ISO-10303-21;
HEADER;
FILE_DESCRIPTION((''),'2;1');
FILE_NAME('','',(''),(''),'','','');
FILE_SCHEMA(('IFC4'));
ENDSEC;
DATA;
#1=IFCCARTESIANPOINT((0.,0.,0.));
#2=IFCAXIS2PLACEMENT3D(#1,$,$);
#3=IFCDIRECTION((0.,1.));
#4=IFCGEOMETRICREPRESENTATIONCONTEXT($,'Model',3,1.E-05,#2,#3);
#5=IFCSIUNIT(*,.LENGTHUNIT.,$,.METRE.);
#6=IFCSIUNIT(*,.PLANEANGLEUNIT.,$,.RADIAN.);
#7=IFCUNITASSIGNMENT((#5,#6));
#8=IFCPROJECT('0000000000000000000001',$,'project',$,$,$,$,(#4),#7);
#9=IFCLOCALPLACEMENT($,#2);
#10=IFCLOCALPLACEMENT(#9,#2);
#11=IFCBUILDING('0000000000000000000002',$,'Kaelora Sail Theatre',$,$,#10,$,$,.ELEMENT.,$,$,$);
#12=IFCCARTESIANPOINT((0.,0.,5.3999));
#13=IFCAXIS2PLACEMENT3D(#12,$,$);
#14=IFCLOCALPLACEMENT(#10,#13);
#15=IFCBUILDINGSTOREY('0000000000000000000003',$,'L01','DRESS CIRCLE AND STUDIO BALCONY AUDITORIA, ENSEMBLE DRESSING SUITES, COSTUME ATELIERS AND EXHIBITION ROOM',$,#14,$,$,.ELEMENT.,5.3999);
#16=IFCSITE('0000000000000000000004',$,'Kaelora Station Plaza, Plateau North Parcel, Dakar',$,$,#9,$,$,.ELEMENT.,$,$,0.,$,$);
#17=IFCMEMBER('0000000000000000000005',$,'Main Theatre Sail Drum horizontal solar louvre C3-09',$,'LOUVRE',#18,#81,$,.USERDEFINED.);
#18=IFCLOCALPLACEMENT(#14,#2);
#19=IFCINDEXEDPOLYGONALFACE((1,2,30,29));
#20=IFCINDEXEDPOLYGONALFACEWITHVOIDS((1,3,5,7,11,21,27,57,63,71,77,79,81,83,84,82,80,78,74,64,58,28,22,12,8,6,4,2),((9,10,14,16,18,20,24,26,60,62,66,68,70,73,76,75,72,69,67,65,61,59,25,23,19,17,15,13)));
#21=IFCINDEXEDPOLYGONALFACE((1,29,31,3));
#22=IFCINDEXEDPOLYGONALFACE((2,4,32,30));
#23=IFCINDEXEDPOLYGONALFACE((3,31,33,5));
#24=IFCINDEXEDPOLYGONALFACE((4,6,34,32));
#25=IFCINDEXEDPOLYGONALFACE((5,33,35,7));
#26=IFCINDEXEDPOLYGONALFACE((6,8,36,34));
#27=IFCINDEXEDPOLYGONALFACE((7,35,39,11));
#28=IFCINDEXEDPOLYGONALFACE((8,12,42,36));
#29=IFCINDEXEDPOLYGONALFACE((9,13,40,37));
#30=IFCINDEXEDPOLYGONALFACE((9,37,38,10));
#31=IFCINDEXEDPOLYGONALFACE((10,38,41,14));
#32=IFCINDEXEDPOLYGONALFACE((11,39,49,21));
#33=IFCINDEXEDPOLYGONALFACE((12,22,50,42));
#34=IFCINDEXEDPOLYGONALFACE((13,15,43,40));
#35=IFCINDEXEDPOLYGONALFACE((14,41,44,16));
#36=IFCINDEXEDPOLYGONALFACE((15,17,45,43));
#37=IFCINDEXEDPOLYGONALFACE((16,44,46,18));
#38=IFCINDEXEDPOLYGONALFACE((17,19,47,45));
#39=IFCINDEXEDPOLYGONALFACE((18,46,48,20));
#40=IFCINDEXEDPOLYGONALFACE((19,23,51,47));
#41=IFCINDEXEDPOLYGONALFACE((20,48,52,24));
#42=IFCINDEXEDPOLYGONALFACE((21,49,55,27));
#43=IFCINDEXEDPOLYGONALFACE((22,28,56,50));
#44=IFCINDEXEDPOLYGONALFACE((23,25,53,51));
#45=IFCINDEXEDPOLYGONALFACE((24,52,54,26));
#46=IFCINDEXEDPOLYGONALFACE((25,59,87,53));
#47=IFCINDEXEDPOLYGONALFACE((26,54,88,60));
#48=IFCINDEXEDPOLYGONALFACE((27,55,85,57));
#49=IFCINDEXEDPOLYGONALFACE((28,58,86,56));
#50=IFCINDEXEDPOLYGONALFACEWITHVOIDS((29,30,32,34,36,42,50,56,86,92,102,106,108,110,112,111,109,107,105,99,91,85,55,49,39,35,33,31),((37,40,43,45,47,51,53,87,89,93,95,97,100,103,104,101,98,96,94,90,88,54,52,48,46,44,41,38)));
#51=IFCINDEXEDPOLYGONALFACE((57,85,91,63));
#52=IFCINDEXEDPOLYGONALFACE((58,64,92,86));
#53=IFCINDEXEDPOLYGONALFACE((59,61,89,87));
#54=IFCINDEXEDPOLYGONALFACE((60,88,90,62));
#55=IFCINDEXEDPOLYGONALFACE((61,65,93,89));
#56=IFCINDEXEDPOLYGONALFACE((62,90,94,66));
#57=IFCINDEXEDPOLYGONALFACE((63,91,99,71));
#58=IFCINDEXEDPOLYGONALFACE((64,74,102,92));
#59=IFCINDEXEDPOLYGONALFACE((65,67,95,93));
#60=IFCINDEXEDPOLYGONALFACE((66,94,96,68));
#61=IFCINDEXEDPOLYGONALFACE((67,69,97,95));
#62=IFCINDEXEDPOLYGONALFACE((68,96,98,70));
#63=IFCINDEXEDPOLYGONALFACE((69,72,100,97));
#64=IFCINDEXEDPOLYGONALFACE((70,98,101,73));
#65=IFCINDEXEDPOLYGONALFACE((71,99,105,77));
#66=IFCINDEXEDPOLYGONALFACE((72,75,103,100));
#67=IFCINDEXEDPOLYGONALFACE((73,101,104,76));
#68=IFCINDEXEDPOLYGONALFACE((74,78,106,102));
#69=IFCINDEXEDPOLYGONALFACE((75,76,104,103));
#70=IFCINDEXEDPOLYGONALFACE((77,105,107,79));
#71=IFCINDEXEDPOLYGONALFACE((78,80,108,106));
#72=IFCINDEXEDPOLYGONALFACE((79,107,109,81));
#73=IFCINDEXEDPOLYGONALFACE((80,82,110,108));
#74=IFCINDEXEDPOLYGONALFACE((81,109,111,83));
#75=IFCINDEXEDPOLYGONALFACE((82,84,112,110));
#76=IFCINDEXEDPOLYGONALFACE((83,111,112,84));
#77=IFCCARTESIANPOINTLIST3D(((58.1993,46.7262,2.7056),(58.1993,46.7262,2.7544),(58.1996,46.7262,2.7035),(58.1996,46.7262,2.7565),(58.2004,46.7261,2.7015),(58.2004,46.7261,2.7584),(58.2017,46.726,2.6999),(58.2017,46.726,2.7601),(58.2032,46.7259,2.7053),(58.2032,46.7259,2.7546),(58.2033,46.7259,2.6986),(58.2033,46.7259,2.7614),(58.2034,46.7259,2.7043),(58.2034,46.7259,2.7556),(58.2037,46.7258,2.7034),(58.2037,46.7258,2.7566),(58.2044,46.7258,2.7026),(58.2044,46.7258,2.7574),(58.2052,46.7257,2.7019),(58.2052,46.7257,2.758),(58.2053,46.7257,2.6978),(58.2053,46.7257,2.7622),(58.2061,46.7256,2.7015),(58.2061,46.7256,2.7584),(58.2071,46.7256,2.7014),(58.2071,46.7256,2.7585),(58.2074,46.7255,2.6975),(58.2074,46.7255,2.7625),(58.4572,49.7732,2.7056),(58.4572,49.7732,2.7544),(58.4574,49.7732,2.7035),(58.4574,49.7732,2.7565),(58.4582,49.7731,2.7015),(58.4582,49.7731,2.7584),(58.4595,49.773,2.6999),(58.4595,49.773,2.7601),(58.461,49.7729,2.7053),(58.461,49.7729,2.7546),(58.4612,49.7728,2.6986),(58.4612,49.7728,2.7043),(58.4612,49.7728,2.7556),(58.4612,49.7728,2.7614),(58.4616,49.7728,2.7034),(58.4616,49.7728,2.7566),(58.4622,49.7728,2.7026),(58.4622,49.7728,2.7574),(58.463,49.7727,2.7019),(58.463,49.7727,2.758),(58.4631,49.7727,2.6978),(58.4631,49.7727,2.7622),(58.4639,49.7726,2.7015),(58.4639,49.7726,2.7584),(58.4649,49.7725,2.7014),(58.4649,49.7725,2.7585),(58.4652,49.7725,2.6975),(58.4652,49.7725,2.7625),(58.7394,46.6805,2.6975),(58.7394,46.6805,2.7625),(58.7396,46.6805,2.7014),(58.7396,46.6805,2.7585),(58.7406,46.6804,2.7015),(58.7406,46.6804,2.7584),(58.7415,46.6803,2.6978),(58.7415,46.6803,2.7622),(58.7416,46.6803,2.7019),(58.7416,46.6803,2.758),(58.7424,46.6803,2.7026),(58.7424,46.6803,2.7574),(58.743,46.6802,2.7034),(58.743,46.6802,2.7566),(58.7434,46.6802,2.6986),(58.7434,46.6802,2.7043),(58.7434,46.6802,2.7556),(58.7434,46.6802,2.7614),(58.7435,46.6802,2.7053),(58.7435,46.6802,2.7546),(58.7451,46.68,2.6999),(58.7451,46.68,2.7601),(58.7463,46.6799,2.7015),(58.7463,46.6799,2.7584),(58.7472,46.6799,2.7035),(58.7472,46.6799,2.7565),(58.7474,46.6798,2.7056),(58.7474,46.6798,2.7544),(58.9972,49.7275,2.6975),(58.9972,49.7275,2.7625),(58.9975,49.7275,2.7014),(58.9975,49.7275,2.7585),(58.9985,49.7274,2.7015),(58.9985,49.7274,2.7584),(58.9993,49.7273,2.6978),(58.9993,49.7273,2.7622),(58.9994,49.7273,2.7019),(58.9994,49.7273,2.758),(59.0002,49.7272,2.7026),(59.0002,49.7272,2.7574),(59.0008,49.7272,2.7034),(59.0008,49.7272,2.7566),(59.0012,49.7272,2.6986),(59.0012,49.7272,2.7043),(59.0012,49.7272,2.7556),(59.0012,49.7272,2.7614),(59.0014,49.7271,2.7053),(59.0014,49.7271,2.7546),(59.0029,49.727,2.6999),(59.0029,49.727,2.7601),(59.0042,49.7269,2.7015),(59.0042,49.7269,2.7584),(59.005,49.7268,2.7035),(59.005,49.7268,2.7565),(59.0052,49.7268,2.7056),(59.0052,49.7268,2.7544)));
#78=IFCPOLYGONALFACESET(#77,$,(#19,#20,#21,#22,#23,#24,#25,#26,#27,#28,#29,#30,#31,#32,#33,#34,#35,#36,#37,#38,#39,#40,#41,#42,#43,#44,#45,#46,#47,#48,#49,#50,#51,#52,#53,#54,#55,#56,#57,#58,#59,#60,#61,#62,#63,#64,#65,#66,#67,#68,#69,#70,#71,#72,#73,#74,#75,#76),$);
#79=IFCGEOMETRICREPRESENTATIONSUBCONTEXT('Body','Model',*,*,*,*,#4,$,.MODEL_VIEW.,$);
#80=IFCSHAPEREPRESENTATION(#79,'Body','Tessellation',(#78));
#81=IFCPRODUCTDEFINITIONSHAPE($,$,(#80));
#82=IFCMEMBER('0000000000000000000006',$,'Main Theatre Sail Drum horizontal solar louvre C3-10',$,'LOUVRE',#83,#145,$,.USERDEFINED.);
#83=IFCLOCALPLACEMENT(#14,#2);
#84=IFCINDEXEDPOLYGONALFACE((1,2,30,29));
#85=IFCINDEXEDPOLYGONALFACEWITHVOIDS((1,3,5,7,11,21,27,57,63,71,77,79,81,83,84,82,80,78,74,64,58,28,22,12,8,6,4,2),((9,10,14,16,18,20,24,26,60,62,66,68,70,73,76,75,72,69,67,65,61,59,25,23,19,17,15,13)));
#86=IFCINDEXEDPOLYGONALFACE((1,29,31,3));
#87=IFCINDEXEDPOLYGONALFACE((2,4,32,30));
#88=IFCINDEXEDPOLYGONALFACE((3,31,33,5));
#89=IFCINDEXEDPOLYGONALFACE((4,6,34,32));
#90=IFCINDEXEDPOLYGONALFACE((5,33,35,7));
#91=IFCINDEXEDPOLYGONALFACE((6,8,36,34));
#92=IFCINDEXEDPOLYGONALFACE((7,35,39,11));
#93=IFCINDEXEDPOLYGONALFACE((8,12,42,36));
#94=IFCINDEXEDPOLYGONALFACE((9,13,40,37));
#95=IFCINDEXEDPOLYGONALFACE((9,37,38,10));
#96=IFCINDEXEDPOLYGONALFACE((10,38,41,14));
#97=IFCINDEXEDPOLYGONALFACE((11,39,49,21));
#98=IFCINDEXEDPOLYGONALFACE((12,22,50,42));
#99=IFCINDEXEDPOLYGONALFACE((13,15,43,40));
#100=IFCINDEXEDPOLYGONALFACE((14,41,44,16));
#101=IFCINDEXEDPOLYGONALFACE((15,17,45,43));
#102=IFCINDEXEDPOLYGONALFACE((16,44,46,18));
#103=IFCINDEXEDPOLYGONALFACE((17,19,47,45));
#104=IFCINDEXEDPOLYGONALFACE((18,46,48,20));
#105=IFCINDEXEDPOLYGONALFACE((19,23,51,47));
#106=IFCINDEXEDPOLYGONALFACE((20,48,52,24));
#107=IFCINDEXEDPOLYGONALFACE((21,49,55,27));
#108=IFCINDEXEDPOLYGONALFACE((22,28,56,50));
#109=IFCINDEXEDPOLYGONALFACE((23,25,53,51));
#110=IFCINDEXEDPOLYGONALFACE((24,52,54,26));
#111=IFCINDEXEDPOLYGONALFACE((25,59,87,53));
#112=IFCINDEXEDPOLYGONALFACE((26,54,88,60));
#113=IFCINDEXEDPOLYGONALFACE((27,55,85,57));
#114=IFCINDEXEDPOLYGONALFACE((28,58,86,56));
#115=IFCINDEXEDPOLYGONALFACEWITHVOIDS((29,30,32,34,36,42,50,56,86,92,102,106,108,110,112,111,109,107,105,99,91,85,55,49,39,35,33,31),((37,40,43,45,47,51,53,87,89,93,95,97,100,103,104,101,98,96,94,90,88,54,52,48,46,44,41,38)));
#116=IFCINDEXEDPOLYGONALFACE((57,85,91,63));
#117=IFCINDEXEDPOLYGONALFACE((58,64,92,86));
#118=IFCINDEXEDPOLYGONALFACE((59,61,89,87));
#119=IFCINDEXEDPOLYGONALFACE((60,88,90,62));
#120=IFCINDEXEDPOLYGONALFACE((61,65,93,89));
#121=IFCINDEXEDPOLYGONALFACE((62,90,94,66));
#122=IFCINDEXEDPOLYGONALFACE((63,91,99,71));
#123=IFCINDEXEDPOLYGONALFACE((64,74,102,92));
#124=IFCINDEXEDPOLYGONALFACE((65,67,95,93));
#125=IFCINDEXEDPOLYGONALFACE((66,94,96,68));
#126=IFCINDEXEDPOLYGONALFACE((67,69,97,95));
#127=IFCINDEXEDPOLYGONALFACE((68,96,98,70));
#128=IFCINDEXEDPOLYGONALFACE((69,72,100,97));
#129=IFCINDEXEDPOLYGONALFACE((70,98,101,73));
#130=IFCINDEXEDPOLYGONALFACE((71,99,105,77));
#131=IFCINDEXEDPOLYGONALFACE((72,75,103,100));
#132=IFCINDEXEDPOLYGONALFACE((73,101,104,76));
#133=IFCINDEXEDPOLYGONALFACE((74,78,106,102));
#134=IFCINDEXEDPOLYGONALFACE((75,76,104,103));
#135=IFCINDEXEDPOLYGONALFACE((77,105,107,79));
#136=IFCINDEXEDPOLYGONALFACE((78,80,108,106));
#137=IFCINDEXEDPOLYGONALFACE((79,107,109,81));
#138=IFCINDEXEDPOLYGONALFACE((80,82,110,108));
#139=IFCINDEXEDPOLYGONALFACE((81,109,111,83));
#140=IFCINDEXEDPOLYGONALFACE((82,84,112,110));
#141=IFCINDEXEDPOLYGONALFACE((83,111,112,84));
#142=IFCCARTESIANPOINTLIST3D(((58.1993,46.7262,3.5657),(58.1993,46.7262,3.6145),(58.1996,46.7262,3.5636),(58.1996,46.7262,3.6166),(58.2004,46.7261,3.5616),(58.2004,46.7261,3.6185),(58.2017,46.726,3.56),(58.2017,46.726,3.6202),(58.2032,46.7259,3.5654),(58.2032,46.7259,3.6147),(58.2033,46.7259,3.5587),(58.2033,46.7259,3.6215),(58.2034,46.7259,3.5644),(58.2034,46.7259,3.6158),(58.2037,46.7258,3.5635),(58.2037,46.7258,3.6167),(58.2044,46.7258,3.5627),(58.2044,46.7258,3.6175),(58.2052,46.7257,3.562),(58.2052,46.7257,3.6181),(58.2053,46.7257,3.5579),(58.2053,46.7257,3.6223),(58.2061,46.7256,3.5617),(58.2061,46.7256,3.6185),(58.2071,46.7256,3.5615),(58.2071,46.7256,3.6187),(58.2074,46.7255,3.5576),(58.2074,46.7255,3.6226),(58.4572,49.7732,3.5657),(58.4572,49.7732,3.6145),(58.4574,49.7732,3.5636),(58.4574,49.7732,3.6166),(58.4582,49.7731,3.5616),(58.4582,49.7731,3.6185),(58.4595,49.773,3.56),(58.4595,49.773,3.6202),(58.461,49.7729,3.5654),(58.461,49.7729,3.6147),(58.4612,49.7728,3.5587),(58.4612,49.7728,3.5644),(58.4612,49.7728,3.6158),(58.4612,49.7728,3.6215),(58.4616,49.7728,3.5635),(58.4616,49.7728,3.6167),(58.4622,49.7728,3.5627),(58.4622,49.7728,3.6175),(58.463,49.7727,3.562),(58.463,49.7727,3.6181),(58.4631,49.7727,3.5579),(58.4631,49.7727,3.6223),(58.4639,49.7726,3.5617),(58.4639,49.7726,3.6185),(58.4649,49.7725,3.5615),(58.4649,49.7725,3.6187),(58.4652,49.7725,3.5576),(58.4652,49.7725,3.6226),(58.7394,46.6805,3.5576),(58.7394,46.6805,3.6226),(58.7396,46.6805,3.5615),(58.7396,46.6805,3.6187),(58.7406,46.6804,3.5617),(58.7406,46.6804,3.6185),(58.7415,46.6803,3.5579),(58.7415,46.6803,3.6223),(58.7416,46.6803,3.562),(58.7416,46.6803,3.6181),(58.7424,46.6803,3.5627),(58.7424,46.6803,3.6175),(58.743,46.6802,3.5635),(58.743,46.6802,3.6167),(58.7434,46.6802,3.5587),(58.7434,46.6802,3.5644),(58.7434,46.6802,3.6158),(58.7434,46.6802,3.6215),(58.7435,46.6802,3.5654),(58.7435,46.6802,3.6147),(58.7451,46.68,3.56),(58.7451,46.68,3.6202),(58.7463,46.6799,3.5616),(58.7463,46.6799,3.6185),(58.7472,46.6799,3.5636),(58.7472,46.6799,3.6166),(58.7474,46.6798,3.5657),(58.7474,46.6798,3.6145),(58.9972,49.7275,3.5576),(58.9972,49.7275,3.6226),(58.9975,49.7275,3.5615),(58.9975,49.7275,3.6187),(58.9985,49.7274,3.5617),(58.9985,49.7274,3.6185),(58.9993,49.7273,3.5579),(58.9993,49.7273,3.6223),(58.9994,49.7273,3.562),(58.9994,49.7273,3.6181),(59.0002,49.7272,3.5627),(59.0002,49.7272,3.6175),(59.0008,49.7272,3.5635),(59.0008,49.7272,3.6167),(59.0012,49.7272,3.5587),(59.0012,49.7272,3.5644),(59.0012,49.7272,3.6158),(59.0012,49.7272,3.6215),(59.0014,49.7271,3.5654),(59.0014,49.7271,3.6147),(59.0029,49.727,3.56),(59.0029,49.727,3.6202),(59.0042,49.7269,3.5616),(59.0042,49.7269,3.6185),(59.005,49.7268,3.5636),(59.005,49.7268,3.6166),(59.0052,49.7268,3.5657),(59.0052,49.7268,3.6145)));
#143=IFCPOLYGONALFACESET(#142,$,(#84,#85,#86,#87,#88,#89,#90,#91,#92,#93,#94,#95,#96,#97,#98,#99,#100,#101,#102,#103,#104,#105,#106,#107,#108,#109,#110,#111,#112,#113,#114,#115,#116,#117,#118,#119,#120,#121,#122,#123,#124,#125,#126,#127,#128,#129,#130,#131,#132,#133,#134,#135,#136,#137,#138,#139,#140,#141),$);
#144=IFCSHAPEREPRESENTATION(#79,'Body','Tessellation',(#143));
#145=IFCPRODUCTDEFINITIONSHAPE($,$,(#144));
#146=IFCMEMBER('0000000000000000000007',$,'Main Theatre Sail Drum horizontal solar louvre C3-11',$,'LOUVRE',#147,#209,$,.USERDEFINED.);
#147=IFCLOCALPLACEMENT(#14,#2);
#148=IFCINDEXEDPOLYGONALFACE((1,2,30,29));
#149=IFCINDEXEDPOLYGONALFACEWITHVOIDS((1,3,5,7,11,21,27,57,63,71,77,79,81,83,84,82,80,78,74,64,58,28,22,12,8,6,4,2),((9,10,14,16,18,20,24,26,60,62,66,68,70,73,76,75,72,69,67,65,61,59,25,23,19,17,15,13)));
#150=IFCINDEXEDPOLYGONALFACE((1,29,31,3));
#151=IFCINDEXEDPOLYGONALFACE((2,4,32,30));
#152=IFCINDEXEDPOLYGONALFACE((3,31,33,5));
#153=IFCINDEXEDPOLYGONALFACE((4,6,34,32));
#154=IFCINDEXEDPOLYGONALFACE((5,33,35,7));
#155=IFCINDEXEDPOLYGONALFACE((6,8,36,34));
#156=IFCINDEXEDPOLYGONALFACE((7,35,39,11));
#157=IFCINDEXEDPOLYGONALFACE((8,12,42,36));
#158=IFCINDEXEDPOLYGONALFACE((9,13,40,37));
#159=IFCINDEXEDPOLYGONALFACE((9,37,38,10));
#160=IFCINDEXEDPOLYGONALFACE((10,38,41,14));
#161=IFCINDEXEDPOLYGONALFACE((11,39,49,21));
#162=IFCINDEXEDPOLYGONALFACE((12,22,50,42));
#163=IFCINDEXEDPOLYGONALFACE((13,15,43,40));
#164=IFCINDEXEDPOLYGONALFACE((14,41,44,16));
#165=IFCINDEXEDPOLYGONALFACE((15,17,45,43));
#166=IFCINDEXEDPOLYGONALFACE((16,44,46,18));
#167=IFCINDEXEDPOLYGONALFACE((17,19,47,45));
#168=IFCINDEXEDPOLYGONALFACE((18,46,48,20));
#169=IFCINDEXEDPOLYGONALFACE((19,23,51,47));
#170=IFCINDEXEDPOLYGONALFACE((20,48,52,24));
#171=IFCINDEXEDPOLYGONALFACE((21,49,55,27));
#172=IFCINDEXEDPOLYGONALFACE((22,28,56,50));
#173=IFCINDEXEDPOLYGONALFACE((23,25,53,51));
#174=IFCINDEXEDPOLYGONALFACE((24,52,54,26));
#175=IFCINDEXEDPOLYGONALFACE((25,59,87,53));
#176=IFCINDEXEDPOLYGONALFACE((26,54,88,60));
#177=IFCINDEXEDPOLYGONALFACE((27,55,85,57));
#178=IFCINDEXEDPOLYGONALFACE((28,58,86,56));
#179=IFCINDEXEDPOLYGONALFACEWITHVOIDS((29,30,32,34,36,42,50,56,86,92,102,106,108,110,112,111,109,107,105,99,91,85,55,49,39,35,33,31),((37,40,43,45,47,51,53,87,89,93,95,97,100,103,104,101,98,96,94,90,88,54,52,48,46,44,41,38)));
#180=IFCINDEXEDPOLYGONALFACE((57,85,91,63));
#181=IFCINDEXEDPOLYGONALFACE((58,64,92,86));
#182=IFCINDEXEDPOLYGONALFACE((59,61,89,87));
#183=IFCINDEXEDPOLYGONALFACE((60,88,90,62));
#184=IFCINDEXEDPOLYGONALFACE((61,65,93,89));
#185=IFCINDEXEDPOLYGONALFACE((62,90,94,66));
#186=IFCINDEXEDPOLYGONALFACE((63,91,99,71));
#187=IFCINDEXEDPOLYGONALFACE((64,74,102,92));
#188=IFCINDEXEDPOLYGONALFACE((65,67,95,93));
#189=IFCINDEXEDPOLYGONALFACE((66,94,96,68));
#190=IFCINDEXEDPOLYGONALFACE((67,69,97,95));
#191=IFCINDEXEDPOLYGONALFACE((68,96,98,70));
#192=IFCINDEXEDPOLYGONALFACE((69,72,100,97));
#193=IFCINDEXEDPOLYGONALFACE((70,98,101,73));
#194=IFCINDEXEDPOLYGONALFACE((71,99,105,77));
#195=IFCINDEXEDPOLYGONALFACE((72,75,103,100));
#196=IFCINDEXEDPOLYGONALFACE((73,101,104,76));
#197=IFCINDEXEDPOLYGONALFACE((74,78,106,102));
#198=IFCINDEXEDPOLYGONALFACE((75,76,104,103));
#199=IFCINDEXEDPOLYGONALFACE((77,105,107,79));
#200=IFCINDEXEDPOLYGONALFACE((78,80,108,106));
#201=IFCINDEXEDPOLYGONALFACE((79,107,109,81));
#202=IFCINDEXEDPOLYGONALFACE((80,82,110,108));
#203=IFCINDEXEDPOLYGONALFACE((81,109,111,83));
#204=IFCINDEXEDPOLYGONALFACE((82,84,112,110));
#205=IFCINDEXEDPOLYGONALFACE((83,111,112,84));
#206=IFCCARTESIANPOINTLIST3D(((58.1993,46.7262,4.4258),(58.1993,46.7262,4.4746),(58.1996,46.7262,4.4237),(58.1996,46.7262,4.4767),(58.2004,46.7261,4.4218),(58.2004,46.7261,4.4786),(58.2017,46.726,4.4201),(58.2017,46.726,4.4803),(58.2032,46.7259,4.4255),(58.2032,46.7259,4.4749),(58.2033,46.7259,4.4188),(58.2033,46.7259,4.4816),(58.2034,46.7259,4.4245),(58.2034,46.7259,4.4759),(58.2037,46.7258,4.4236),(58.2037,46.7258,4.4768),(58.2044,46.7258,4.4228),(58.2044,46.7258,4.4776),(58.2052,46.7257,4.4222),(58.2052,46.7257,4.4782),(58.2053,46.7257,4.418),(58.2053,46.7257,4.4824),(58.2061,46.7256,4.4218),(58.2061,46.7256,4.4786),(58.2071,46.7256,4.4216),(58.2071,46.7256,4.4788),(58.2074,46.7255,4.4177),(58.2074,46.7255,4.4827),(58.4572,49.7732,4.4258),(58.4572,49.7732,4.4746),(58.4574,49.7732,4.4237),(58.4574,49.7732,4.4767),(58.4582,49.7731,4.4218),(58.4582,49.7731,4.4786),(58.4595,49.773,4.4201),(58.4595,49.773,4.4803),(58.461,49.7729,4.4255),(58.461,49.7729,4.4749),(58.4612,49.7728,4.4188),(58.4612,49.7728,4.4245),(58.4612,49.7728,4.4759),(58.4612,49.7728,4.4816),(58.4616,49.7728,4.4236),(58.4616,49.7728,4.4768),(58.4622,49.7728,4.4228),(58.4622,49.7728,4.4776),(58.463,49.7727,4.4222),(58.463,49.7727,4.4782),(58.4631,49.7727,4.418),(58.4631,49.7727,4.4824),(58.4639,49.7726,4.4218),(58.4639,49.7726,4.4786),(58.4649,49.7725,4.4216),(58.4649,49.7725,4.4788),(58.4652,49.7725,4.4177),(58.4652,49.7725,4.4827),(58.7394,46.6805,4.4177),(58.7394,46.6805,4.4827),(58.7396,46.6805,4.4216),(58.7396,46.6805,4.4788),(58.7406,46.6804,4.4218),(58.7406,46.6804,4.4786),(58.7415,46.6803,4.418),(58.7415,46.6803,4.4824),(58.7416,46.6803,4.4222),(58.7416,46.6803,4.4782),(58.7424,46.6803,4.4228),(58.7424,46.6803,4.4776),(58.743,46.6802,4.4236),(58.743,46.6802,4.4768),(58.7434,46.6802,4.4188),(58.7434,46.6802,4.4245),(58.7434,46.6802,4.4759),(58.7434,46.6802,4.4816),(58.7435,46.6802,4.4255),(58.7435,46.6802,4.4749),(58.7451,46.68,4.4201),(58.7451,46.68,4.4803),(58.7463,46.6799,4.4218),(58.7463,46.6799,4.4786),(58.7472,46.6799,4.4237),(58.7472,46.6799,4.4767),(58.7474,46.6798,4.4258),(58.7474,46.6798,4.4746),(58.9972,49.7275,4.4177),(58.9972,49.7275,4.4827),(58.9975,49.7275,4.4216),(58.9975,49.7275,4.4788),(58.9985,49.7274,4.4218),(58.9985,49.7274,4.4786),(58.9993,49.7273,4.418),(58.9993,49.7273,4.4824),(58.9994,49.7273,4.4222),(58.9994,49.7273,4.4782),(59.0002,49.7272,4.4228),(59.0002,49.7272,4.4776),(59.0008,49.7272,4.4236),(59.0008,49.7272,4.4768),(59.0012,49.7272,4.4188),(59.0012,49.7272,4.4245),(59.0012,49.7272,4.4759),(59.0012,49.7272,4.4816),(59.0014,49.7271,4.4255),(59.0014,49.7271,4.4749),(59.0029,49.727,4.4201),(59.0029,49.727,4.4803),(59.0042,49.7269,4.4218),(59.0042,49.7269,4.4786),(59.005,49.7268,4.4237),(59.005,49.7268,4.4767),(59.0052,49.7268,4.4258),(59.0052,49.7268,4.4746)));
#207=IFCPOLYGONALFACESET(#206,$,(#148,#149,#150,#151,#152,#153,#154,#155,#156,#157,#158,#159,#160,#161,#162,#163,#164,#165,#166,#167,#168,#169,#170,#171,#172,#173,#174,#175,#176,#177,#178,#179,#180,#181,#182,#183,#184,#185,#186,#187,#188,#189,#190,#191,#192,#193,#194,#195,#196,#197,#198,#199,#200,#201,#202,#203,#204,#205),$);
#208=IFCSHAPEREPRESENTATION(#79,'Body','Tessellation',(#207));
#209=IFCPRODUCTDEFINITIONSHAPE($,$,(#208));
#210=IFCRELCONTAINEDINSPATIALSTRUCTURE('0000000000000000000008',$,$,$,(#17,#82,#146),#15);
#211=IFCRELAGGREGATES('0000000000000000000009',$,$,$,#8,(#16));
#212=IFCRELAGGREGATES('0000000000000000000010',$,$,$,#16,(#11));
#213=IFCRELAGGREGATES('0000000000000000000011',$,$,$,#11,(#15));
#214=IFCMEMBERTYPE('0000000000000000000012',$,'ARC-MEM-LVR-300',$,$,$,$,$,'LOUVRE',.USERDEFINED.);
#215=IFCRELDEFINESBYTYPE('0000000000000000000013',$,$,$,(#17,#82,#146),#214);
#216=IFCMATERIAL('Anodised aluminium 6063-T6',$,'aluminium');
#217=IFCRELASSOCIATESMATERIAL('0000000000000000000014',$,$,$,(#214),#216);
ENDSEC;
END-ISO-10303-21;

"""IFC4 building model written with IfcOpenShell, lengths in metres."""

from ifc_helpers import new_model, si_unit, direction, frame, origin, origin_2d, place, context, subcontext, project, spatial, hollow_rectangle, extrude, material, material_profile, profile_set, type_object, element, save


model = new_model("IFC4")

# Units and contexts
model_context = context("Model", 3, precision=1e-05, world=origin(), true_north=direction((0.0, 1.0)))
body_context = subcontext(model_context, "Body", "Model", "MODEL_VIEW")
ifc_project = project(units=[si_unit("LENGTHUNIT", "METRE"), si_unit("PLANEANGLEUNIT", "RADIAN")], contexts=[model_context])

# Site, building, storey
site_placement = place(None, origin())
site = spatial("IfcSite", under=ifc_project, at=site_placement, Name="Kaelora Station Plaza, Plateau North Parcel, Dakar", CompositionType="ELEMENT", RefElevation=0.0)
building_placement = place(site_placement, origin())
building = spatial("IfcBuilding", under=site, at=building_placement, Name="Kaelora Sail Theatre", CompositionType="ELEMENT")
storey_placement = place(building_placement, frame((0.0, 0.0, 5.3999)))
storey = spatial("IfcBuildingStorey", under=building, at=storey_placement, Name="L01", Description="DRESS CIRCLE AND STUDIO BALCONY AUDITORIA, ENSEMBLE DRESSING SUITES, COSTUME ATELIERS AND EXHIBITION ROOM", CompositionType="ELEMENT", Elevation=5.3999)

# Members
ifc_material_1 = material(Name="Anodised aluminium 6063-T6", Category="aluminium")
ifc_material_profile_1 = material_profile(ifc_material_1, hollow_rectangle(XDim=0.55, YDim=0.0649, WallThickness=0.0039, InnerFilletRadius=0.0039, OuterFilletRadius=0.0081, at=origin_2d()), Name="LOUVRE 550x65x4")
ifc_profile_set_1 = profile_set([ifc_material_profile_1], Name="Anodised aluminium 6063-T6")
member_type_1 = type_object("IfcMemberType", Name="ARC-MEM-LVR-300", ElementType="LOUVRE", PredefinedType="USERDEFINED", material=ifc_profile_set_1)
for number, where, z_axis, x_axis, name in (
    (1, (58.7312, 49.75, 2.73), (-0.084314, -0.996439, 0.0), (0.996439, -0.084314, 0.0), "Main Theatre Sail Drum horizontal solar louvre C3-09"),
    (2, (58.7312, 49.75, 3.5901), (-0.084314, -0.996439, 0.0), (0.996439, -0.084314, 0.0), "Main Theatre Sail Drum horizontal solar louvre C3-10"),
    (3, (58.7312, 49.75, 4.4502), (-0.084314, -0.996439, 0.0), (0.996439, -0.084314, 0.0), "Main Theatre Sail Drum horizontal solar louvre C3-11"),
):
    element("IfcMember", number, at=place(storey_placement, frame(where, z_axis=z_axis, x_axis=x_axis)), inside=storey, type_object=member_type_1, Name=name, ObjectType="LOUVRE", PredefinedType="USERDEFINED", context=body_context, shape_type="SweptSolid", body=[
        extrude(hollow_rectangle(XDim=0.55, YDim=0.0649, WallThickness=0.0039, InnerFilletRadius=0.0039, OuterFilletRadius=0.0081, at=origin_2d()), origin(), (0.0, 0.0, 1.0), 3.0579),
    ])

save(model, "model.ifc")
